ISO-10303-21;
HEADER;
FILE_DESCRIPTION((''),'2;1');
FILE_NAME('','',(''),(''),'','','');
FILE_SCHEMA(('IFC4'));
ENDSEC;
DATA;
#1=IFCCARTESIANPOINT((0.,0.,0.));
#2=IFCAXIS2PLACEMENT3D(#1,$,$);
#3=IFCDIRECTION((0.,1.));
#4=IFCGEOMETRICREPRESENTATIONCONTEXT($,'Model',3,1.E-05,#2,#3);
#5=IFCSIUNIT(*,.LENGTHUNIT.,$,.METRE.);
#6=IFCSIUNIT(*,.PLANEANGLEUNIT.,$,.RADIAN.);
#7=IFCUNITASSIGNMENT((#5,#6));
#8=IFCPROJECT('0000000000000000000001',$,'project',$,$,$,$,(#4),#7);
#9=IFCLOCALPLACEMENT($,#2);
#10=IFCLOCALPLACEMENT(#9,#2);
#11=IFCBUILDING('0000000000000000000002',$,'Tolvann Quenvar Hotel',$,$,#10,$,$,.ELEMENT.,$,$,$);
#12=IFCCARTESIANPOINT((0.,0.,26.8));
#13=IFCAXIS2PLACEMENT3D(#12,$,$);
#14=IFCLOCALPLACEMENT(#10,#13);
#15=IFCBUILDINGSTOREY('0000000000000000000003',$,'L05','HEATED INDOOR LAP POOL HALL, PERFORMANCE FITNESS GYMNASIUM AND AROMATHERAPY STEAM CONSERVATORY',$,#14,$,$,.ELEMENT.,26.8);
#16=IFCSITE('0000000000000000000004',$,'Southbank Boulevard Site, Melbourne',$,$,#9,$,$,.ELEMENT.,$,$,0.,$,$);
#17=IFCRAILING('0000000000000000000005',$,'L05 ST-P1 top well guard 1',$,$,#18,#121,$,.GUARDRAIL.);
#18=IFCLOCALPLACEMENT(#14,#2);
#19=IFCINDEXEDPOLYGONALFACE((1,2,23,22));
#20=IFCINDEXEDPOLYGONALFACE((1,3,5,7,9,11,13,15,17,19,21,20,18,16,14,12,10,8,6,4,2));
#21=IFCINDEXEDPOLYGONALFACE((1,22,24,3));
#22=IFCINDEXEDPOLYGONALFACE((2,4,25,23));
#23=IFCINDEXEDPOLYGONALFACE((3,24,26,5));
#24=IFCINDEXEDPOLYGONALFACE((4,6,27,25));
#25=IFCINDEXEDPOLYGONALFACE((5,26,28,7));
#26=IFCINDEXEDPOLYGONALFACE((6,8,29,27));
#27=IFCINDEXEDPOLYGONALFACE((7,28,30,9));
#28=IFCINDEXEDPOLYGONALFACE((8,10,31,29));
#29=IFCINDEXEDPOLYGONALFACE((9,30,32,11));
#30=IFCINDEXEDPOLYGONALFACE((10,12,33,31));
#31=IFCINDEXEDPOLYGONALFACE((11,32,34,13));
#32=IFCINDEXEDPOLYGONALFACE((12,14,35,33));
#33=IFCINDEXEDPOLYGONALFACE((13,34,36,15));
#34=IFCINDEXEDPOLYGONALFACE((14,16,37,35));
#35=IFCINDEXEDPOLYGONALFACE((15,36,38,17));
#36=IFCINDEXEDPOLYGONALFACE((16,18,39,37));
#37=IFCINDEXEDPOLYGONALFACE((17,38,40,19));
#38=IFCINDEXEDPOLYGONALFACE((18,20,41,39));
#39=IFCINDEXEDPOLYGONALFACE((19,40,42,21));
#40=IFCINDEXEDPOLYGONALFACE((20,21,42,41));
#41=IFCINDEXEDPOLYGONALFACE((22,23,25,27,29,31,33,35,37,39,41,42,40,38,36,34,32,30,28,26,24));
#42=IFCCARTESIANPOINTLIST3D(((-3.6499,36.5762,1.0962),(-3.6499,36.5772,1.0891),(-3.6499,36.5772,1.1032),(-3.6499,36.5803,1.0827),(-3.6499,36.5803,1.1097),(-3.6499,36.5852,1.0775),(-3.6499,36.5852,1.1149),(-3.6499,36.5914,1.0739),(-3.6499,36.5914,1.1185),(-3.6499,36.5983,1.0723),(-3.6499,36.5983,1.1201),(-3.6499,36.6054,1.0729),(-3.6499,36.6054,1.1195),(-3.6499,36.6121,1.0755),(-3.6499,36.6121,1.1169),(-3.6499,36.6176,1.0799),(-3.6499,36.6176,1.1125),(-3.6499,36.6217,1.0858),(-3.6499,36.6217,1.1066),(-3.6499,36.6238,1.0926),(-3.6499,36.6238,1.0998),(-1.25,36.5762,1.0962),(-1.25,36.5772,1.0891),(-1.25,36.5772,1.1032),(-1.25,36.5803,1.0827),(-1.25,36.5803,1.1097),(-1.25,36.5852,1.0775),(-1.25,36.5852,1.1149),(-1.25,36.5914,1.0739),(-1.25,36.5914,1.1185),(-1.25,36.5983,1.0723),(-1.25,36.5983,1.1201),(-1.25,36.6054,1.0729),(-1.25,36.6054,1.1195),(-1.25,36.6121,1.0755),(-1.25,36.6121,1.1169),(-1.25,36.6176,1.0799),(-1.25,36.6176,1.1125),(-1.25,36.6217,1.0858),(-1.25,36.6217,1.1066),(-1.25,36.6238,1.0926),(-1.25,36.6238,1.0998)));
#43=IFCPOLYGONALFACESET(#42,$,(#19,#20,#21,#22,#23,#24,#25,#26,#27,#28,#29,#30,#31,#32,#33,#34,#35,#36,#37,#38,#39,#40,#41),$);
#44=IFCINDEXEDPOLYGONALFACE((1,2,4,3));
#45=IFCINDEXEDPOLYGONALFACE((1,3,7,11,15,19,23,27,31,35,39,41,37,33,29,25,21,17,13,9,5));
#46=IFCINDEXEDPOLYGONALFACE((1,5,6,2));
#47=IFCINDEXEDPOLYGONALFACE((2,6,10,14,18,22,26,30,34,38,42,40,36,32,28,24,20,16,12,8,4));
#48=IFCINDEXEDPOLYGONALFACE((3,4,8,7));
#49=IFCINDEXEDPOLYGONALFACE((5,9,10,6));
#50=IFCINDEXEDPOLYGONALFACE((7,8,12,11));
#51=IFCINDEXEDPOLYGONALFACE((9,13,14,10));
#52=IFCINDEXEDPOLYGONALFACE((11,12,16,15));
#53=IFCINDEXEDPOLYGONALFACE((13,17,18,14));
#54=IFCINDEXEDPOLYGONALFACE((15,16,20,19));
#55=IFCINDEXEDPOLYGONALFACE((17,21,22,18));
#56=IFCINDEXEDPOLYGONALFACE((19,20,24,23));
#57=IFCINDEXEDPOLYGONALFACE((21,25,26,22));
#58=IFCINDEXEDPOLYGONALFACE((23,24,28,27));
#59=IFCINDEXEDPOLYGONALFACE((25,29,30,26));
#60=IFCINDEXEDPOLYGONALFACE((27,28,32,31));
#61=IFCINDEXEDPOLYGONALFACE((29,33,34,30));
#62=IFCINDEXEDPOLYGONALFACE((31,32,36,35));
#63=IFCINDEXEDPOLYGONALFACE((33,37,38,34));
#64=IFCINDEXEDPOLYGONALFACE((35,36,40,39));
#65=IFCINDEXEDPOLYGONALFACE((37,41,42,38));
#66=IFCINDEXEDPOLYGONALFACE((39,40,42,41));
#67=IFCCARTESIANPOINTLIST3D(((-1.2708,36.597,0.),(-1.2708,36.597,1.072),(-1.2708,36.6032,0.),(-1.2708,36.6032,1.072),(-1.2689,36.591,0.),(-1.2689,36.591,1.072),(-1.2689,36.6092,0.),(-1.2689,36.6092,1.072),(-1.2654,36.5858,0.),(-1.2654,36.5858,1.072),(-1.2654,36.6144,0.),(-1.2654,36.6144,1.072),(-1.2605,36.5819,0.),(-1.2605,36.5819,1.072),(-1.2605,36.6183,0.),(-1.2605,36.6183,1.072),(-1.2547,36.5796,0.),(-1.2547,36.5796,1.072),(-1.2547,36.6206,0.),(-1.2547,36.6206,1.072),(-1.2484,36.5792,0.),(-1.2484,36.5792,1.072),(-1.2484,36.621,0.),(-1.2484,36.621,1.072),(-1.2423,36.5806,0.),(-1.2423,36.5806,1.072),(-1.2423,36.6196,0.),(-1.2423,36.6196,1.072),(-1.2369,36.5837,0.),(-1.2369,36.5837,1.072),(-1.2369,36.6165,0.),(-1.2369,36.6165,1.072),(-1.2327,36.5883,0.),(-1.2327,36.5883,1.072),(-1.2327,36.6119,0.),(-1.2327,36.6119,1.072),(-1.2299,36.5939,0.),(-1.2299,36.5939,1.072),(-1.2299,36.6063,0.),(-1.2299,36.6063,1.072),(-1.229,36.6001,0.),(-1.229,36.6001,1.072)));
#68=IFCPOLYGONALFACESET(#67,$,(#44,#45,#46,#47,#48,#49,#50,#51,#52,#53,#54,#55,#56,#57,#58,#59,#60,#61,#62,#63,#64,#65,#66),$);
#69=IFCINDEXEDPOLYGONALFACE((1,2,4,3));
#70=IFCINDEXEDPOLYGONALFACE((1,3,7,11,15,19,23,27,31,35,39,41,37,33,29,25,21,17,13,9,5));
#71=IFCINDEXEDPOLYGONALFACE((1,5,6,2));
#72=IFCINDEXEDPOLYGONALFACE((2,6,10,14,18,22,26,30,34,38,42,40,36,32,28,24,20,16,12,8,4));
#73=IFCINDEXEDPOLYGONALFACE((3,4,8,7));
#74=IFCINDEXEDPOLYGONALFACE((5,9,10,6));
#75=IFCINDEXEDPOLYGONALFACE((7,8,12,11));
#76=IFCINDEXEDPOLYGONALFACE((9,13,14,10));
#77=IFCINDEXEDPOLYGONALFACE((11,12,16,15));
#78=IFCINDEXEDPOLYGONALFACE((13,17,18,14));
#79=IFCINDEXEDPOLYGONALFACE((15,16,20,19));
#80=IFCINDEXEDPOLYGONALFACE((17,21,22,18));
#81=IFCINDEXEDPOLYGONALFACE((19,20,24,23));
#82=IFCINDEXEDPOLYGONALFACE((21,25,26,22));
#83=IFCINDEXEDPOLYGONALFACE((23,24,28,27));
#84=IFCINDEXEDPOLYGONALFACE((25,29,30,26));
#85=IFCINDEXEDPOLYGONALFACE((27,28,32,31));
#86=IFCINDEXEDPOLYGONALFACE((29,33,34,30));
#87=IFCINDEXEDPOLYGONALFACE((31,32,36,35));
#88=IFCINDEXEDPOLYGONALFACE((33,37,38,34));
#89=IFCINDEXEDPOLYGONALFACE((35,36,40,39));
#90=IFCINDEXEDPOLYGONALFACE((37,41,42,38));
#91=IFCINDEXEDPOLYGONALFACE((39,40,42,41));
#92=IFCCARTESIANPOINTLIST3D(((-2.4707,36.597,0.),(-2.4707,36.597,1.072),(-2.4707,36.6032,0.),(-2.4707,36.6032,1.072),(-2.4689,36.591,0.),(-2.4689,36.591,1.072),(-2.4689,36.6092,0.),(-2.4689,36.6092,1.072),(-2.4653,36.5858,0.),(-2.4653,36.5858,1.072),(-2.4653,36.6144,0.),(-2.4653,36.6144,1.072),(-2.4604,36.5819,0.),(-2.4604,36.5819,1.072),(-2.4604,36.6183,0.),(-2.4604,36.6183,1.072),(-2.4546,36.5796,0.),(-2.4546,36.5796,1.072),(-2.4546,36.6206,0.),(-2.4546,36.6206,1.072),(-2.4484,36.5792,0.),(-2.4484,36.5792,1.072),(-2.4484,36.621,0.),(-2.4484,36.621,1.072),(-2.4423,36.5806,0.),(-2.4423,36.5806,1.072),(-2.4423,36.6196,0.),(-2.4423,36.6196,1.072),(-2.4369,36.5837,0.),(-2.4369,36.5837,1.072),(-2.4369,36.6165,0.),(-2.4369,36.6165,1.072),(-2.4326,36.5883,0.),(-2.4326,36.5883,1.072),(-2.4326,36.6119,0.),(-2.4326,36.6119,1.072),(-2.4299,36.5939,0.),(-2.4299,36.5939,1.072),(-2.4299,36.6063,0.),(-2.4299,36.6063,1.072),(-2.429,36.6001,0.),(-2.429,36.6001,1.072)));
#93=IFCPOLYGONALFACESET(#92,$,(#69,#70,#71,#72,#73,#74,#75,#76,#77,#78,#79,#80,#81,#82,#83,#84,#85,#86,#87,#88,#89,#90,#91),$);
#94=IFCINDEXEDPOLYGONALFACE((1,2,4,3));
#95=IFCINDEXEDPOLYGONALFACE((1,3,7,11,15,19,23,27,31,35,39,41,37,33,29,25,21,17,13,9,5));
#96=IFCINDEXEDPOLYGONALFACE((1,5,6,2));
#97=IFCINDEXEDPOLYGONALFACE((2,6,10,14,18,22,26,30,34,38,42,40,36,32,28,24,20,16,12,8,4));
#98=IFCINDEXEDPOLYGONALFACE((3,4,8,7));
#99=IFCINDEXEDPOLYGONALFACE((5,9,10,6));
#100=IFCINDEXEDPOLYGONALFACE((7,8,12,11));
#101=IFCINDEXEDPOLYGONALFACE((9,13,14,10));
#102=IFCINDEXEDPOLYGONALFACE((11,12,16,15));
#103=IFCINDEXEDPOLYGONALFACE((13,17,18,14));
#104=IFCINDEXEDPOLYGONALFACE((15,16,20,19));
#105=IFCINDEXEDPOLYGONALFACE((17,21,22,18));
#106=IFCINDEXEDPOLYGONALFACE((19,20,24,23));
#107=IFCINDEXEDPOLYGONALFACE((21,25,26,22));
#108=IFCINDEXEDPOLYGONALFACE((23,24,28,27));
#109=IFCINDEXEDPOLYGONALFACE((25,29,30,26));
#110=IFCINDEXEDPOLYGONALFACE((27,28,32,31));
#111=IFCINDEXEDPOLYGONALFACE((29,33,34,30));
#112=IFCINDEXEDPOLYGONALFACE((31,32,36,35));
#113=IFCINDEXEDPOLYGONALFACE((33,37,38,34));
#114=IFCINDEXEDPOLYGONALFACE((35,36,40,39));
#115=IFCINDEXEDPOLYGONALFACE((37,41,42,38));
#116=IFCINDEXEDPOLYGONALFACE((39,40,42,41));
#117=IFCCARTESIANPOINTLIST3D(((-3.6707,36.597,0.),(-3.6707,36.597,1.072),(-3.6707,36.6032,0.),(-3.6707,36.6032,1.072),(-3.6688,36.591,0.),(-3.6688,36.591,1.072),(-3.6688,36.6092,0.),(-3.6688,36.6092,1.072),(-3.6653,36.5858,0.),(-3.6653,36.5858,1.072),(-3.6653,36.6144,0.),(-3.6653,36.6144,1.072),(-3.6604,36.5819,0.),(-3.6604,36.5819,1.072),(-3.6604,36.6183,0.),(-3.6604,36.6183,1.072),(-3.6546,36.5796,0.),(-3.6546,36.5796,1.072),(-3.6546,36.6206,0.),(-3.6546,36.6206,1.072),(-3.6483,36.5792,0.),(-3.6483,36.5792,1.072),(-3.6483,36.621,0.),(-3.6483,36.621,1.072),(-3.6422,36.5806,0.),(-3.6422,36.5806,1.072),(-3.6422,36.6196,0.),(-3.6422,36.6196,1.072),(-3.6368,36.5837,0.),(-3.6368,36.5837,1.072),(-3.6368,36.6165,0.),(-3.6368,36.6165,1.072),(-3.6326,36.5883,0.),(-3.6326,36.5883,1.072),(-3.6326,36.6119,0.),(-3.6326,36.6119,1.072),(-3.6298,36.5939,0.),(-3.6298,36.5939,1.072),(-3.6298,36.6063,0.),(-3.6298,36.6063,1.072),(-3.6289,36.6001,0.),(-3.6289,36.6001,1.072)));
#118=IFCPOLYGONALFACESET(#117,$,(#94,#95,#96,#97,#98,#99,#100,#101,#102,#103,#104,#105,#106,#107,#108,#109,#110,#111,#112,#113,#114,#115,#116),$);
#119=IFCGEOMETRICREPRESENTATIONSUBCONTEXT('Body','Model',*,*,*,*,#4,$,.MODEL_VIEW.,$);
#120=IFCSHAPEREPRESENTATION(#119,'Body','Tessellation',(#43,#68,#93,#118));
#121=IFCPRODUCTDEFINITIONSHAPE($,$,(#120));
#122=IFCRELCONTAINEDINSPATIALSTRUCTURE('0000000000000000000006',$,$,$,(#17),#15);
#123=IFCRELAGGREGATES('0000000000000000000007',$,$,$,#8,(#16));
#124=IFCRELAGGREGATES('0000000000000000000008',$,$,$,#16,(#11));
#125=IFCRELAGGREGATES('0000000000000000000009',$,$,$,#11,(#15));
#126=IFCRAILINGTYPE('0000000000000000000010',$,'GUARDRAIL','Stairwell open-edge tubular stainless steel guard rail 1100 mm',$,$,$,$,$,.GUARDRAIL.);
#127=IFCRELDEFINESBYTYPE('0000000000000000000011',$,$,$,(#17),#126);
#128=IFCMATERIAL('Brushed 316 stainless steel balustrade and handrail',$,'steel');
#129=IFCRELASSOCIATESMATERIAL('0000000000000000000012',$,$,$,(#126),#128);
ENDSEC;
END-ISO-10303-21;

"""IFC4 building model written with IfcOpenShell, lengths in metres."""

from ifc_helpers import new_model, si_unit, direction, frame, origin, origin_2d, place, context, subcontext, project, spatial, circle, extrude, material, type_object, element, save


model = new_model("IFC4")

# Units and contexts
model_context = context("Model", 3, precision=1e-05, world=origin(), true_north=direction((0.0, 1.0)))
body_context = subcontext(model_context, "Body", "Model", "MODEL_VIEW")
ifc_project = project(units=[si_unit("LENGTHUNIT", "METRE"), si_unit("PLANEANGLEUNIT", "RADIAN")], contexts=[model_context])

# Site, building, storey
site_placement = place(None, origin())
site = spatial("IfcSite", under=ifc_project, at=site_placement, Name="Southbank Boulevard Site, Melbourne", CompositionType="ELEMENT", RefElevation=0.0)
building_placement = place(site_placement, origin())
building = spatial("IfcBuilding", under=site, at=building_placement, Name="Tolvann Quenvar Hotel", CompositionType="ELEMENT")
storey_placement = place(building_placement, frame((0.0, 0.0, 26.8)))
storey = spatial("IfcBuildingStorey", under=building, at=storey_placement, Name="L05", Description="HEATED INDOOR LAP POOL HALL, PERFORMANCE FITNESS GYMNASIUM AND AROMATHERAPY STEAM CONSERVATORY", CompositionType="ELEMENT", Elevation=26.8)

# Railing
ifc_material_1 = material(Name="Brushed 316 stainless steel balustrade and handrail", Category="steel")
railing_type = type_object("IfcRailingType", Name="GUARDRAIL", Description="Stairwell open-edge tubular stainless steel guard rail 1100 mm", PredefinedType="GUARDRAIL", material=ifc_material_1)
railing_1_placement = place(storey_placement, frame((-1.25, 36.6001, 0.0)))
element("IfcRailing", 1, at=railing_1_placement, inside=storey, type_object=railing_type, Name="L05 ST-P1 top well guard 1", PredefinedType="GUARDRAIL", context=body_context, shape_type="SweptSolid", body=[
    extrude(circle(Radius=0.0239, at=origin_2d()), frame((0.0, 0.0, 1.0962), z_axis=(-1.0, 0.0, 0.0), x_axis=(0.0, -1.0, 0.0)), (0.0, 0.0, 1.0), 2.3999),
    extrude(circle(Radius=0.021, at=origin_2d()), origin(), (0.0, 0.0, 1.0), 1.072),
    extrude(circle(Radius=0.021, at=origin_2d()), frame((-1.2, 0.0, 0.0)), (0.0, 0.0, 1.0), 1.072),
    extrude(circle(Radius=0.021, at=origin_2d()), frame((-2.3999, 0.0, 0.0)), (0.0, 0.0, 1.0), 1.072),
])

save(model, "model.ifc")
